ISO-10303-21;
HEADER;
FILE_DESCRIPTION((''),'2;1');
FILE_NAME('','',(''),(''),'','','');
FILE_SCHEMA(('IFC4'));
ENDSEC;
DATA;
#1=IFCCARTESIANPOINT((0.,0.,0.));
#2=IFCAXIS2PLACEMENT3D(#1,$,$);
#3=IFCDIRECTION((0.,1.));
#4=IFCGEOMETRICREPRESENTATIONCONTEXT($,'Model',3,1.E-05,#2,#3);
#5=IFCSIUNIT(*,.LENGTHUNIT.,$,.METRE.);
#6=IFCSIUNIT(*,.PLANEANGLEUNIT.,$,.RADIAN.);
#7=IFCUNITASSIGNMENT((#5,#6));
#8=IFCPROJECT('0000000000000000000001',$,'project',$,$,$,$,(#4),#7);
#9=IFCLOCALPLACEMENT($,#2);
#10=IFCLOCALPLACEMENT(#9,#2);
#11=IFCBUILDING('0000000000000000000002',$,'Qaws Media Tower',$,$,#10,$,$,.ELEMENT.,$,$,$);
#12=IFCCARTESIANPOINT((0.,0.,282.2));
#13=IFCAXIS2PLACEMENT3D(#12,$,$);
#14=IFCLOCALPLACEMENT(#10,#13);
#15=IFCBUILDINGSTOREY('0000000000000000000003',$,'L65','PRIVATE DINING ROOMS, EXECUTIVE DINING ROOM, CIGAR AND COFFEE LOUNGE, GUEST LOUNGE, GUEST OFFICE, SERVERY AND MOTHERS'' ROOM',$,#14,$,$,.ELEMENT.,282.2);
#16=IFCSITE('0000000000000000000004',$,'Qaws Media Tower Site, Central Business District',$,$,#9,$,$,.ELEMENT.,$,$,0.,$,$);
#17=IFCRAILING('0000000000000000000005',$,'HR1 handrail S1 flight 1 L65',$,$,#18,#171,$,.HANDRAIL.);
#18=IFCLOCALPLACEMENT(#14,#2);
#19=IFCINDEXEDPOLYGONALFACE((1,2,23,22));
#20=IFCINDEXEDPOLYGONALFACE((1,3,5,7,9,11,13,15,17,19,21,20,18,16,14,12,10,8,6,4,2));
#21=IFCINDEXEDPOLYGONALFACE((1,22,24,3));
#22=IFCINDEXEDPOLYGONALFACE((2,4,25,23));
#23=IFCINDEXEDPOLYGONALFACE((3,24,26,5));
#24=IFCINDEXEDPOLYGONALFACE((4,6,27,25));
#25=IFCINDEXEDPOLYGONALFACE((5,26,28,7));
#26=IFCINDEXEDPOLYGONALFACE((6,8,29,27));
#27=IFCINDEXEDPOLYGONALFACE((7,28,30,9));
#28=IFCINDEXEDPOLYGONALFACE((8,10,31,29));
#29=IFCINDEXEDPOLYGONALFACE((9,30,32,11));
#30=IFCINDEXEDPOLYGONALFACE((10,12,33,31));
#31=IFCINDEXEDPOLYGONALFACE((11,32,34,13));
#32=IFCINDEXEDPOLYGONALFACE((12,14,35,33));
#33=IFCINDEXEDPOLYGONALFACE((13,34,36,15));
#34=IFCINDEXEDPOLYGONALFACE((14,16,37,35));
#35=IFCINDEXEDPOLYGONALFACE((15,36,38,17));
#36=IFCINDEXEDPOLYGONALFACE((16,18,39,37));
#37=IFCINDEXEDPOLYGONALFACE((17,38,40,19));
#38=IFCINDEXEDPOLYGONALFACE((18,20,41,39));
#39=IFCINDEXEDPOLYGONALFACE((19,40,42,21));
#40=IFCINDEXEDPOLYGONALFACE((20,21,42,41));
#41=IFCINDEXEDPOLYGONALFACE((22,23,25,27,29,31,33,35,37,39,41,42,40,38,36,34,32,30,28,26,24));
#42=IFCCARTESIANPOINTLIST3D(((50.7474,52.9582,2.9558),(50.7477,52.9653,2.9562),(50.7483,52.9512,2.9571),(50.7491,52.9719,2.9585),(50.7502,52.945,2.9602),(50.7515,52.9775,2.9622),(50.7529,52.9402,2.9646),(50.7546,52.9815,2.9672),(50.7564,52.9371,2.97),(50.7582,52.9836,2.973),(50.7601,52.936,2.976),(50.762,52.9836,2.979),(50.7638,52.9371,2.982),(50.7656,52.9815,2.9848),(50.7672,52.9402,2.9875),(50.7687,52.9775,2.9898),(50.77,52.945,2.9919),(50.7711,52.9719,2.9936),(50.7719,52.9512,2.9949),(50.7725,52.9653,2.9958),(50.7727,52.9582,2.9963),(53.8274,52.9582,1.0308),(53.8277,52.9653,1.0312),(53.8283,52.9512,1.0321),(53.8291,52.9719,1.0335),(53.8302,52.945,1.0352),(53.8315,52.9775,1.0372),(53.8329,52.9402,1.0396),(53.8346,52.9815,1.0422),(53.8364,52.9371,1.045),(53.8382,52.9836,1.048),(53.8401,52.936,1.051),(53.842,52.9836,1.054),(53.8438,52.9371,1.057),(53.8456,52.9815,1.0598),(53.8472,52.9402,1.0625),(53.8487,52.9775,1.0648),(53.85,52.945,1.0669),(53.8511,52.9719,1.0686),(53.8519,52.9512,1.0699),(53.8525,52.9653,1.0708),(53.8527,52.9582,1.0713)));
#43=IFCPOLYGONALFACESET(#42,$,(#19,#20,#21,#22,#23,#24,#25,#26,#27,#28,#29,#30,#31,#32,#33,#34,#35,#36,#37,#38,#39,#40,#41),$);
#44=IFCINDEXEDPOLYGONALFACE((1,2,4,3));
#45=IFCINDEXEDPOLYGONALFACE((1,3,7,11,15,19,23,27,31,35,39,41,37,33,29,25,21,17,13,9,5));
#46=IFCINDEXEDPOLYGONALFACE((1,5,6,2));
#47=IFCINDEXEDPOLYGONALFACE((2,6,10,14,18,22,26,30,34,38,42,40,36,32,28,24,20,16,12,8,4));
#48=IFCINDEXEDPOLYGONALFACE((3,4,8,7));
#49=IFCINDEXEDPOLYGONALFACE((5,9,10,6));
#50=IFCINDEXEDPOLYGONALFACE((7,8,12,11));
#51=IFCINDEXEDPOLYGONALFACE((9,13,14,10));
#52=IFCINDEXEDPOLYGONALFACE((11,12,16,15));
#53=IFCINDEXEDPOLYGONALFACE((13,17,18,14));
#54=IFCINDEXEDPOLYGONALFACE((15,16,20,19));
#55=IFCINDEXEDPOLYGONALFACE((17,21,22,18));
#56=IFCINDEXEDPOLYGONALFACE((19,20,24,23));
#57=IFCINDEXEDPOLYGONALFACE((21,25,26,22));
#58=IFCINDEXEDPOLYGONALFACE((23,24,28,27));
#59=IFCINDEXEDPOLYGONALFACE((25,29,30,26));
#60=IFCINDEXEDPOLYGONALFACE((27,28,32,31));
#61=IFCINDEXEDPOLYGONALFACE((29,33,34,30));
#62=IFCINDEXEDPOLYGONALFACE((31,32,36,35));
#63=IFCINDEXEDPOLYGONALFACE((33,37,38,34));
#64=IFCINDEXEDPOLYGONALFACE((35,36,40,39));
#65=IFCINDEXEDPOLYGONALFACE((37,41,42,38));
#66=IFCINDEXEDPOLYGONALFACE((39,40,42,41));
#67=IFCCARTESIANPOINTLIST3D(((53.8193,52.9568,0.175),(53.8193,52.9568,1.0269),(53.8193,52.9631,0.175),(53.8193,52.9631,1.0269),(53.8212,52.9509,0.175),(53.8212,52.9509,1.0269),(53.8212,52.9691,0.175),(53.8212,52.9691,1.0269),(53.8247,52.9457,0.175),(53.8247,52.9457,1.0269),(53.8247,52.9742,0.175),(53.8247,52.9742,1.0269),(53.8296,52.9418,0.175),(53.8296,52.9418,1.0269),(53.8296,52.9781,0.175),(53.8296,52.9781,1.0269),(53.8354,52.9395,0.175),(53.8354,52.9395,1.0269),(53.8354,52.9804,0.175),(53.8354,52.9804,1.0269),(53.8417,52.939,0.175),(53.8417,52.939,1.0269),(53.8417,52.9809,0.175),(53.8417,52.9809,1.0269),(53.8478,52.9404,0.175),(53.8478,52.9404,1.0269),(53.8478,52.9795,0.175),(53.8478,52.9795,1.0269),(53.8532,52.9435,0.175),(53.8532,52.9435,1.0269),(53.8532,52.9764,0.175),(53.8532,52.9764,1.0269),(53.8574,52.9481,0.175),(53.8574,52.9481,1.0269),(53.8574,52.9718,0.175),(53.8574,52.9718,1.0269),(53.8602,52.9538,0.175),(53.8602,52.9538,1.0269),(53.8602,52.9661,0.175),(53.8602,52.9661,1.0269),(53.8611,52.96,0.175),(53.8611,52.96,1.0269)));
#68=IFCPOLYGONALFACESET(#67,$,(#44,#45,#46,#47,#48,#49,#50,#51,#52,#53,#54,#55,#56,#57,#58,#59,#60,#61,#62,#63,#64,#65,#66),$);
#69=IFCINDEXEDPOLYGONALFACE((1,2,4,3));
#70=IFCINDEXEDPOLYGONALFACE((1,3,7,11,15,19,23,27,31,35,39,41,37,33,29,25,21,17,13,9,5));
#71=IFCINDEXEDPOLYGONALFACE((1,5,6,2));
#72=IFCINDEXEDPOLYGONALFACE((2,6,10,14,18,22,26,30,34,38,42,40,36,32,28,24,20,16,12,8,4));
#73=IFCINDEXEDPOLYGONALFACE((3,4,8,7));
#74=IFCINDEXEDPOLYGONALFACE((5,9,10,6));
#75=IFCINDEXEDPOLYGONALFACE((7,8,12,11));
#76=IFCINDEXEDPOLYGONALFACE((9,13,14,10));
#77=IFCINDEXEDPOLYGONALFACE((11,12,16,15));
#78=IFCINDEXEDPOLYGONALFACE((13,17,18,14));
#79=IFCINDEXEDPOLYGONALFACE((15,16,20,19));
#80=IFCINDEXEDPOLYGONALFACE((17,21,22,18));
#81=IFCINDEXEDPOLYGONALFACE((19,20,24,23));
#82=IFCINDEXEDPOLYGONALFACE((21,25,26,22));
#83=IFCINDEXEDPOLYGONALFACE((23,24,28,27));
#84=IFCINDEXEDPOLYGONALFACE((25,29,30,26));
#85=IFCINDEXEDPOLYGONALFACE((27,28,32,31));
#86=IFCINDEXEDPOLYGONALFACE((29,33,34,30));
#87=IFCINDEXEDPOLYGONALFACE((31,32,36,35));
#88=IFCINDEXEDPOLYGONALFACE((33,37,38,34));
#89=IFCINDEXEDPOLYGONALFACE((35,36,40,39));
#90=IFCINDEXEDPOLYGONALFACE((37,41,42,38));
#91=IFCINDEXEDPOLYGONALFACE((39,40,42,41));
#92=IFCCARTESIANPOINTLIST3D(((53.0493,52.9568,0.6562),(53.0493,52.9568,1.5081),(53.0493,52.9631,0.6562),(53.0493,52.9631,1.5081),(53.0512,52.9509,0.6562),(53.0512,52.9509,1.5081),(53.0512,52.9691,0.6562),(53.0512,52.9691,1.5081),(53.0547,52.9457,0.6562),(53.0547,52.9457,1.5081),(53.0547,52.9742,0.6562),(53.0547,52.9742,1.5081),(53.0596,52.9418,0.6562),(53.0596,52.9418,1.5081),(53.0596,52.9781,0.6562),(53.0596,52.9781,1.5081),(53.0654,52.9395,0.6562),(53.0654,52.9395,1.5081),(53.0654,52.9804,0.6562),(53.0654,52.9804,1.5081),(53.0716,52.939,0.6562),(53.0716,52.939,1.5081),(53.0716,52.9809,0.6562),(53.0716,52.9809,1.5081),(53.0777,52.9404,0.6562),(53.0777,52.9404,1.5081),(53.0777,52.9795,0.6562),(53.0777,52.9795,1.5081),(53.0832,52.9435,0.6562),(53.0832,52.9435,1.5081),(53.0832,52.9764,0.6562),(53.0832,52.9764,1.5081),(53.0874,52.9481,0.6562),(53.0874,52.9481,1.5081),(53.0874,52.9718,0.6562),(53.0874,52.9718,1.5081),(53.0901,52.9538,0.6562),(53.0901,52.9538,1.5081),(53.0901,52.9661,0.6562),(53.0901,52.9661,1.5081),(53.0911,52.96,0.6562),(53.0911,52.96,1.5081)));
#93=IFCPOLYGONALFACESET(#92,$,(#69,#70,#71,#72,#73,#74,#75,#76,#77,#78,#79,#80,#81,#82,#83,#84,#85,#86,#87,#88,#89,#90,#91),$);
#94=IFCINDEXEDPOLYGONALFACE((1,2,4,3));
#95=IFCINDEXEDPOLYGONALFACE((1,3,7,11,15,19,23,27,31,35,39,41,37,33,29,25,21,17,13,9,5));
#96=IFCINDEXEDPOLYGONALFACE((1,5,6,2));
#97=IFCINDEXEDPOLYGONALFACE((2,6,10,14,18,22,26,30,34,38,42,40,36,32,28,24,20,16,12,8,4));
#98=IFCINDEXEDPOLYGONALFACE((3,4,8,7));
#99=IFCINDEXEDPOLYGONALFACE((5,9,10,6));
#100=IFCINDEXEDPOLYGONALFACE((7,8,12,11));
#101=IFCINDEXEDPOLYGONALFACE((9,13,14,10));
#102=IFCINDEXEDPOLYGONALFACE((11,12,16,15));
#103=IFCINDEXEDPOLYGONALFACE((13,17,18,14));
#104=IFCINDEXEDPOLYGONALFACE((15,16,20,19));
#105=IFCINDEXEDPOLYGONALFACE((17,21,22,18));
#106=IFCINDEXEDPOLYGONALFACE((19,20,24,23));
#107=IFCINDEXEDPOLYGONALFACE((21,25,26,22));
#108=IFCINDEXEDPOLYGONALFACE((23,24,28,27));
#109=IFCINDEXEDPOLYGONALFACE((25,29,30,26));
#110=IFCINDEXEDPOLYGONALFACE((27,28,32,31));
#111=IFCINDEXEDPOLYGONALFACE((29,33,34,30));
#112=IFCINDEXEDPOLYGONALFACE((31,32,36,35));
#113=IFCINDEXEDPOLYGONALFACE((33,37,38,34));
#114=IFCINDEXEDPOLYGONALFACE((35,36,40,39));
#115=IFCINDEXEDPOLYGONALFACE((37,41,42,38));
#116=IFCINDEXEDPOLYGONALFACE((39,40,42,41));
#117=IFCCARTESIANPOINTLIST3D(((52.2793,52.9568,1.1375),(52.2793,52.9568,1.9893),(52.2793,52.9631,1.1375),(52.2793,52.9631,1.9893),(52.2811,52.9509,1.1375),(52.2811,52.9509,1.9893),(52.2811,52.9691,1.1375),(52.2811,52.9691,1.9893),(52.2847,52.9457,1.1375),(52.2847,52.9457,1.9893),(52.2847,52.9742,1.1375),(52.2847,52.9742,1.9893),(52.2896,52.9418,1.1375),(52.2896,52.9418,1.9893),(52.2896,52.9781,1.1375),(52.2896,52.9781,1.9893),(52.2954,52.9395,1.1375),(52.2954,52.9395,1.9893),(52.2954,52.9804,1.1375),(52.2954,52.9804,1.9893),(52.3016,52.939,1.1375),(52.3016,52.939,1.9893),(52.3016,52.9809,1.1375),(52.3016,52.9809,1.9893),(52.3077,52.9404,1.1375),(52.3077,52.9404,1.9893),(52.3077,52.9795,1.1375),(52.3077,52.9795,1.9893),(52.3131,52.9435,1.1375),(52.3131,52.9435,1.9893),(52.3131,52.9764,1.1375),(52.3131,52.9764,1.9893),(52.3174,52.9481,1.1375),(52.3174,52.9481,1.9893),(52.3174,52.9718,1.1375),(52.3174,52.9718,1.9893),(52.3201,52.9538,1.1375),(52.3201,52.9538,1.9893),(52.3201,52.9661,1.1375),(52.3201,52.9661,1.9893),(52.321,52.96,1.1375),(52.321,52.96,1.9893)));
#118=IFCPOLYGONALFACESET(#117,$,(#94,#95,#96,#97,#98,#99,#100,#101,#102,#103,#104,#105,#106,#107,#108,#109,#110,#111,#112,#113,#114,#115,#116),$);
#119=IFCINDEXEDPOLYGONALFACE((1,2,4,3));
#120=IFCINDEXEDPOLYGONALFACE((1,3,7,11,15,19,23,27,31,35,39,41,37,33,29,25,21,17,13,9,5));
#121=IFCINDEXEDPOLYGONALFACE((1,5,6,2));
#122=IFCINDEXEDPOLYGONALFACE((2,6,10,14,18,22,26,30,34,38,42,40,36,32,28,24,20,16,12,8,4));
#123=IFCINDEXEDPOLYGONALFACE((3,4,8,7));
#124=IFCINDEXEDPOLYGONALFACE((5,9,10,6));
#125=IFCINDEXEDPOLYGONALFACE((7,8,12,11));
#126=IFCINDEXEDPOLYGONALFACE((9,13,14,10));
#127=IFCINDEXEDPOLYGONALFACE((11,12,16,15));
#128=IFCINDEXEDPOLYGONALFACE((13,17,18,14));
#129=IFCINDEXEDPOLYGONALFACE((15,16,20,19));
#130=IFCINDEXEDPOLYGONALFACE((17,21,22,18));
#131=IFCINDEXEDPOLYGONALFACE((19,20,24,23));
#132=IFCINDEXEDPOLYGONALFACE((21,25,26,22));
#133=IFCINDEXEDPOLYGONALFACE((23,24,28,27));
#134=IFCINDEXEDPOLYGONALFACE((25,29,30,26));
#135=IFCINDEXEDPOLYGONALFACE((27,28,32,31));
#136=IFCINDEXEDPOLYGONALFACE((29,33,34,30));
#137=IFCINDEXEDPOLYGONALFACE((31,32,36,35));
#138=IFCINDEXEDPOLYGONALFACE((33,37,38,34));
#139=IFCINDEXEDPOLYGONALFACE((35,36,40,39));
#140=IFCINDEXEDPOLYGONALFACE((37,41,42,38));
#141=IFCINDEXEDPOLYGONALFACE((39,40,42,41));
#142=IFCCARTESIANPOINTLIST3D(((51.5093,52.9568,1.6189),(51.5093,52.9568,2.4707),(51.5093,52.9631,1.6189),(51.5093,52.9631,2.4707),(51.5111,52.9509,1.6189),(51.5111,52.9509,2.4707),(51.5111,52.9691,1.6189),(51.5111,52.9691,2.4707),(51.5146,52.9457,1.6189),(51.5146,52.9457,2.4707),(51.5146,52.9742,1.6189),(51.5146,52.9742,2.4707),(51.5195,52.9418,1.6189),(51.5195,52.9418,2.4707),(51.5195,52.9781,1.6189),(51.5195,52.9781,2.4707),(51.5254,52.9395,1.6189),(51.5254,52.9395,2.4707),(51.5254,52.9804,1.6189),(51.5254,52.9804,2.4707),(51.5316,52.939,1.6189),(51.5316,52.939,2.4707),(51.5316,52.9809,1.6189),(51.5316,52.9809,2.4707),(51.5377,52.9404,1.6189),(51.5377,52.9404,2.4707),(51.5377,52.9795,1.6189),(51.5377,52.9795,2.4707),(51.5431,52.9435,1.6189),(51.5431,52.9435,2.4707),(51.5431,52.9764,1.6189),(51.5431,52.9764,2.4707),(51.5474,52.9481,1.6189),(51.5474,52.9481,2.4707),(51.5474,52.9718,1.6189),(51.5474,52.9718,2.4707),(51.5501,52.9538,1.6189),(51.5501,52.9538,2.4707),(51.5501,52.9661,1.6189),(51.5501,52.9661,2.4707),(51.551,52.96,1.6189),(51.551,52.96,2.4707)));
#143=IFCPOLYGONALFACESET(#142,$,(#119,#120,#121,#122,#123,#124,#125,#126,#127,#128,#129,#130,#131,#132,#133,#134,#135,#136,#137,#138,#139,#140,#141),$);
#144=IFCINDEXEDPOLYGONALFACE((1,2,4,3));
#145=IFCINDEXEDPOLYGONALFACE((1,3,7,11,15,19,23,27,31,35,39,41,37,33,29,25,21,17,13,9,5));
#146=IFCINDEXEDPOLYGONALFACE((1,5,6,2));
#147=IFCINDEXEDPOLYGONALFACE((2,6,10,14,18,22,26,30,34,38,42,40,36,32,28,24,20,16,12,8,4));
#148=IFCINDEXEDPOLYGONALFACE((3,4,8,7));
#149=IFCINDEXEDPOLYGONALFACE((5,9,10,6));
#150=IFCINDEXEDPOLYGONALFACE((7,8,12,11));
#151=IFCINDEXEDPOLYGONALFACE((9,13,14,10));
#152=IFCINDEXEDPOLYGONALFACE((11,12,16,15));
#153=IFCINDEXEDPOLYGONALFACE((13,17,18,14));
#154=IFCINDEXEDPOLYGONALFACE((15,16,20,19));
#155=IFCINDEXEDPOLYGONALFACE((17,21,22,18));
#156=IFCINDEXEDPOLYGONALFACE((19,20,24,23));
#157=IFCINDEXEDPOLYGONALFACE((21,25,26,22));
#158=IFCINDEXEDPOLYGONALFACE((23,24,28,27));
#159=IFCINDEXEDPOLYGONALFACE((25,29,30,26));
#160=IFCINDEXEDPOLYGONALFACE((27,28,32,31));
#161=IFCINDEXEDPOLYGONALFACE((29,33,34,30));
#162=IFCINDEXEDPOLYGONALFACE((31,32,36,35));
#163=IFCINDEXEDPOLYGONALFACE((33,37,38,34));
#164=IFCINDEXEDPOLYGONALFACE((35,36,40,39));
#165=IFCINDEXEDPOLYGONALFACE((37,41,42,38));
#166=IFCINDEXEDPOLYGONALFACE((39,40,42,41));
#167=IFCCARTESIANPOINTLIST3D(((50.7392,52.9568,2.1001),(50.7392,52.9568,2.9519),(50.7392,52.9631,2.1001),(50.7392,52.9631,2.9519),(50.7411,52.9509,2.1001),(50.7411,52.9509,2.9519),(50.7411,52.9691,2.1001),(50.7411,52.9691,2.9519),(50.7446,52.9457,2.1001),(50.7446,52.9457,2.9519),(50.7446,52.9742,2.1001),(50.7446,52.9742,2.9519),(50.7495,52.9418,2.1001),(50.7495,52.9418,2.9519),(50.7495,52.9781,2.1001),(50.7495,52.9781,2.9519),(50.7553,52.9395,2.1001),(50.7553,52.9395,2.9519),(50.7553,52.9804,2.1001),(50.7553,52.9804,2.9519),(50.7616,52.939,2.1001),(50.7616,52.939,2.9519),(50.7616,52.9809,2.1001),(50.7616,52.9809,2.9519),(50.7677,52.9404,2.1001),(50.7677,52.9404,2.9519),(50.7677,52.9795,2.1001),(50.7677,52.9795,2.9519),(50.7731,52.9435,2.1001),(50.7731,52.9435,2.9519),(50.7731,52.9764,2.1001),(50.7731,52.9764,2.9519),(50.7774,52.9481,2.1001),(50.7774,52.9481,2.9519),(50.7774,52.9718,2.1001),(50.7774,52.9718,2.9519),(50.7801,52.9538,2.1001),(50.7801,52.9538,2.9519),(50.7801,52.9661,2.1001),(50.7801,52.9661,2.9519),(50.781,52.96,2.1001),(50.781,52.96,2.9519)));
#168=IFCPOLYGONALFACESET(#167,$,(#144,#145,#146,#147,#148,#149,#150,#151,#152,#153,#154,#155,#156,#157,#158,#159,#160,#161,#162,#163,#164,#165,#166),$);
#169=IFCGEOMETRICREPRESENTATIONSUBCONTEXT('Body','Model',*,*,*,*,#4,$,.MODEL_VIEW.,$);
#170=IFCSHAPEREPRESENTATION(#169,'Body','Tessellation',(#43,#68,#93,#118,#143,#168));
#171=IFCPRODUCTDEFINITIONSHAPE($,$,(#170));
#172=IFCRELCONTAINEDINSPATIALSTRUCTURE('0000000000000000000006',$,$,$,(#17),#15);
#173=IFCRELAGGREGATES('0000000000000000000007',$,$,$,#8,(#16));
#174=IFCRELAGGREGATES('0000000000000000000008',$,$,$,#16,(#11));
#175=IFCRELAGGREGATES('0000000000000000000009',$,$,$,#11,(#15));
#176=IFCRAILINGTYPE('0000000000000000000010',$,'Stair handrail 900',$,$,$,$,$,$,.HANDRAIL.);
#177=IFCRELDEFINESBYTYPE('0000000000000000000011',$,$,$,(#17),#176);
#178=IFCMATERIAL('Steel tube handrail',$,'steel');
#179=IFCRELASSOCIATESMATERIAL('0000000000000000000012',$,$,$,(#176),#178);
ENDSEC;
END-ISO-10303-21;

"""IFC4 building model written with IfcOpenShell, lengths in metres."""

from ifc_helpers import new_model, si_unit, direction, frame, origin, origin_2d, place, context, subcontext, project, spatial, circle, extrude, material, type_object, element, save


model = new_model("IFC4")

# Units and contexts
model_context = context("Model", 3, precision=1e-05, world=origin(), true_north=direction((0.0, 1.0)))
body_context = subcontext(model_context, "Body", "Model", "MODEL_VIEW")
ifc_project = project(units=[si_unit("LENGTHUNIT", "METRE"), si_unit("PLANEANGLEUNIT", "RADIAN")], contexts=[model_context])

# Site, building, storey
site_placement = place(None, origin())
site = spatial("IfcSite", under=ifc_project, at=site_placement, Name="Qaws Media Tower Site, Central Business District", CompositionType="ELEMENT", RefElevation=0.0)
building_placement = place(site_placement, origin())
building = spatial("IfcBuilding", under=site, at=building_placement, Name="Qaws Media Tower", CompositionType="ELEMENT")
storey_placement = place(building_placement, frame((0.0, 0.0, 282.2)))
storey = spatial("IfcBuildingStorey", under=building, at=storey_placement, Name="L65", Description="PRIVATE DINING ROOMS, EXECUTIVE DINING ROOM, CIGAR AND COFFEE LOUNGE, GUEST LOUNGE, GUEST OFFICE, SERVERY AND MOTHERS' ROOM", CompositionType="ELEMENT", Elevation=282.2)

# Railing
ifc_material_1 = material(Name="Steel tube handrail", Category="steel")
railing_type = type_object("IfcRailingType", Name="Stair handrail 900", PredefinedType="HANDRAIL", material=ifc_material_1)
for number, where, name in (
    (1, (53.8401, 52.96, 0.175), "HR1 handrail S1 flight 1 L65"),
):
    element("IfcRailing", number, at=place(storey_placement, frame(where)), inside=storey, type_object=railing_type, Name=name, PredefinedType="HANDRAIL", context=body_context, shape_type="SweptSolid", body=[
        extrude(circle(Radius=0.0239, at=origin_2d()), frame((0.0, 0.0, 0.876), z_axis=(-0.847998, 0.0, 0.529999), x_axis=(0.0, -1.0, 0.0)), (0.0, 0.0, 1.0), 3.6321),
        extrude(circle(Radius=0.021, at=origin_2d()), origin(), (0.0, 0.0, 1.0), 0.8518),
        extrude(circle(Radius=0.021, at=origin_2d()), frame((-0.77, 0.0, 0.4812)), (0.0, 0.0, 1.0), 0.8518),
        extrude(circle(Radius=0.021, at=origin_2d()), frame((-1.54, 0.0, 0.9624)), (0.0, 0.0, 1.0), 0.8518),
        extrude(circle(Radius=0.021, at=origin_2d()), frame((-2.3101, 0.0, 1.4438)), (0.0, 0.0, 1.0), 0.8518),
        extrude(circle(Radius=0.021, at=origin_2d()), frame((-3.0801, 0.0, 1.925)), (0.0, 0.0, 1.0), 0.8518),
    ])

save(model, "model.ifc")
